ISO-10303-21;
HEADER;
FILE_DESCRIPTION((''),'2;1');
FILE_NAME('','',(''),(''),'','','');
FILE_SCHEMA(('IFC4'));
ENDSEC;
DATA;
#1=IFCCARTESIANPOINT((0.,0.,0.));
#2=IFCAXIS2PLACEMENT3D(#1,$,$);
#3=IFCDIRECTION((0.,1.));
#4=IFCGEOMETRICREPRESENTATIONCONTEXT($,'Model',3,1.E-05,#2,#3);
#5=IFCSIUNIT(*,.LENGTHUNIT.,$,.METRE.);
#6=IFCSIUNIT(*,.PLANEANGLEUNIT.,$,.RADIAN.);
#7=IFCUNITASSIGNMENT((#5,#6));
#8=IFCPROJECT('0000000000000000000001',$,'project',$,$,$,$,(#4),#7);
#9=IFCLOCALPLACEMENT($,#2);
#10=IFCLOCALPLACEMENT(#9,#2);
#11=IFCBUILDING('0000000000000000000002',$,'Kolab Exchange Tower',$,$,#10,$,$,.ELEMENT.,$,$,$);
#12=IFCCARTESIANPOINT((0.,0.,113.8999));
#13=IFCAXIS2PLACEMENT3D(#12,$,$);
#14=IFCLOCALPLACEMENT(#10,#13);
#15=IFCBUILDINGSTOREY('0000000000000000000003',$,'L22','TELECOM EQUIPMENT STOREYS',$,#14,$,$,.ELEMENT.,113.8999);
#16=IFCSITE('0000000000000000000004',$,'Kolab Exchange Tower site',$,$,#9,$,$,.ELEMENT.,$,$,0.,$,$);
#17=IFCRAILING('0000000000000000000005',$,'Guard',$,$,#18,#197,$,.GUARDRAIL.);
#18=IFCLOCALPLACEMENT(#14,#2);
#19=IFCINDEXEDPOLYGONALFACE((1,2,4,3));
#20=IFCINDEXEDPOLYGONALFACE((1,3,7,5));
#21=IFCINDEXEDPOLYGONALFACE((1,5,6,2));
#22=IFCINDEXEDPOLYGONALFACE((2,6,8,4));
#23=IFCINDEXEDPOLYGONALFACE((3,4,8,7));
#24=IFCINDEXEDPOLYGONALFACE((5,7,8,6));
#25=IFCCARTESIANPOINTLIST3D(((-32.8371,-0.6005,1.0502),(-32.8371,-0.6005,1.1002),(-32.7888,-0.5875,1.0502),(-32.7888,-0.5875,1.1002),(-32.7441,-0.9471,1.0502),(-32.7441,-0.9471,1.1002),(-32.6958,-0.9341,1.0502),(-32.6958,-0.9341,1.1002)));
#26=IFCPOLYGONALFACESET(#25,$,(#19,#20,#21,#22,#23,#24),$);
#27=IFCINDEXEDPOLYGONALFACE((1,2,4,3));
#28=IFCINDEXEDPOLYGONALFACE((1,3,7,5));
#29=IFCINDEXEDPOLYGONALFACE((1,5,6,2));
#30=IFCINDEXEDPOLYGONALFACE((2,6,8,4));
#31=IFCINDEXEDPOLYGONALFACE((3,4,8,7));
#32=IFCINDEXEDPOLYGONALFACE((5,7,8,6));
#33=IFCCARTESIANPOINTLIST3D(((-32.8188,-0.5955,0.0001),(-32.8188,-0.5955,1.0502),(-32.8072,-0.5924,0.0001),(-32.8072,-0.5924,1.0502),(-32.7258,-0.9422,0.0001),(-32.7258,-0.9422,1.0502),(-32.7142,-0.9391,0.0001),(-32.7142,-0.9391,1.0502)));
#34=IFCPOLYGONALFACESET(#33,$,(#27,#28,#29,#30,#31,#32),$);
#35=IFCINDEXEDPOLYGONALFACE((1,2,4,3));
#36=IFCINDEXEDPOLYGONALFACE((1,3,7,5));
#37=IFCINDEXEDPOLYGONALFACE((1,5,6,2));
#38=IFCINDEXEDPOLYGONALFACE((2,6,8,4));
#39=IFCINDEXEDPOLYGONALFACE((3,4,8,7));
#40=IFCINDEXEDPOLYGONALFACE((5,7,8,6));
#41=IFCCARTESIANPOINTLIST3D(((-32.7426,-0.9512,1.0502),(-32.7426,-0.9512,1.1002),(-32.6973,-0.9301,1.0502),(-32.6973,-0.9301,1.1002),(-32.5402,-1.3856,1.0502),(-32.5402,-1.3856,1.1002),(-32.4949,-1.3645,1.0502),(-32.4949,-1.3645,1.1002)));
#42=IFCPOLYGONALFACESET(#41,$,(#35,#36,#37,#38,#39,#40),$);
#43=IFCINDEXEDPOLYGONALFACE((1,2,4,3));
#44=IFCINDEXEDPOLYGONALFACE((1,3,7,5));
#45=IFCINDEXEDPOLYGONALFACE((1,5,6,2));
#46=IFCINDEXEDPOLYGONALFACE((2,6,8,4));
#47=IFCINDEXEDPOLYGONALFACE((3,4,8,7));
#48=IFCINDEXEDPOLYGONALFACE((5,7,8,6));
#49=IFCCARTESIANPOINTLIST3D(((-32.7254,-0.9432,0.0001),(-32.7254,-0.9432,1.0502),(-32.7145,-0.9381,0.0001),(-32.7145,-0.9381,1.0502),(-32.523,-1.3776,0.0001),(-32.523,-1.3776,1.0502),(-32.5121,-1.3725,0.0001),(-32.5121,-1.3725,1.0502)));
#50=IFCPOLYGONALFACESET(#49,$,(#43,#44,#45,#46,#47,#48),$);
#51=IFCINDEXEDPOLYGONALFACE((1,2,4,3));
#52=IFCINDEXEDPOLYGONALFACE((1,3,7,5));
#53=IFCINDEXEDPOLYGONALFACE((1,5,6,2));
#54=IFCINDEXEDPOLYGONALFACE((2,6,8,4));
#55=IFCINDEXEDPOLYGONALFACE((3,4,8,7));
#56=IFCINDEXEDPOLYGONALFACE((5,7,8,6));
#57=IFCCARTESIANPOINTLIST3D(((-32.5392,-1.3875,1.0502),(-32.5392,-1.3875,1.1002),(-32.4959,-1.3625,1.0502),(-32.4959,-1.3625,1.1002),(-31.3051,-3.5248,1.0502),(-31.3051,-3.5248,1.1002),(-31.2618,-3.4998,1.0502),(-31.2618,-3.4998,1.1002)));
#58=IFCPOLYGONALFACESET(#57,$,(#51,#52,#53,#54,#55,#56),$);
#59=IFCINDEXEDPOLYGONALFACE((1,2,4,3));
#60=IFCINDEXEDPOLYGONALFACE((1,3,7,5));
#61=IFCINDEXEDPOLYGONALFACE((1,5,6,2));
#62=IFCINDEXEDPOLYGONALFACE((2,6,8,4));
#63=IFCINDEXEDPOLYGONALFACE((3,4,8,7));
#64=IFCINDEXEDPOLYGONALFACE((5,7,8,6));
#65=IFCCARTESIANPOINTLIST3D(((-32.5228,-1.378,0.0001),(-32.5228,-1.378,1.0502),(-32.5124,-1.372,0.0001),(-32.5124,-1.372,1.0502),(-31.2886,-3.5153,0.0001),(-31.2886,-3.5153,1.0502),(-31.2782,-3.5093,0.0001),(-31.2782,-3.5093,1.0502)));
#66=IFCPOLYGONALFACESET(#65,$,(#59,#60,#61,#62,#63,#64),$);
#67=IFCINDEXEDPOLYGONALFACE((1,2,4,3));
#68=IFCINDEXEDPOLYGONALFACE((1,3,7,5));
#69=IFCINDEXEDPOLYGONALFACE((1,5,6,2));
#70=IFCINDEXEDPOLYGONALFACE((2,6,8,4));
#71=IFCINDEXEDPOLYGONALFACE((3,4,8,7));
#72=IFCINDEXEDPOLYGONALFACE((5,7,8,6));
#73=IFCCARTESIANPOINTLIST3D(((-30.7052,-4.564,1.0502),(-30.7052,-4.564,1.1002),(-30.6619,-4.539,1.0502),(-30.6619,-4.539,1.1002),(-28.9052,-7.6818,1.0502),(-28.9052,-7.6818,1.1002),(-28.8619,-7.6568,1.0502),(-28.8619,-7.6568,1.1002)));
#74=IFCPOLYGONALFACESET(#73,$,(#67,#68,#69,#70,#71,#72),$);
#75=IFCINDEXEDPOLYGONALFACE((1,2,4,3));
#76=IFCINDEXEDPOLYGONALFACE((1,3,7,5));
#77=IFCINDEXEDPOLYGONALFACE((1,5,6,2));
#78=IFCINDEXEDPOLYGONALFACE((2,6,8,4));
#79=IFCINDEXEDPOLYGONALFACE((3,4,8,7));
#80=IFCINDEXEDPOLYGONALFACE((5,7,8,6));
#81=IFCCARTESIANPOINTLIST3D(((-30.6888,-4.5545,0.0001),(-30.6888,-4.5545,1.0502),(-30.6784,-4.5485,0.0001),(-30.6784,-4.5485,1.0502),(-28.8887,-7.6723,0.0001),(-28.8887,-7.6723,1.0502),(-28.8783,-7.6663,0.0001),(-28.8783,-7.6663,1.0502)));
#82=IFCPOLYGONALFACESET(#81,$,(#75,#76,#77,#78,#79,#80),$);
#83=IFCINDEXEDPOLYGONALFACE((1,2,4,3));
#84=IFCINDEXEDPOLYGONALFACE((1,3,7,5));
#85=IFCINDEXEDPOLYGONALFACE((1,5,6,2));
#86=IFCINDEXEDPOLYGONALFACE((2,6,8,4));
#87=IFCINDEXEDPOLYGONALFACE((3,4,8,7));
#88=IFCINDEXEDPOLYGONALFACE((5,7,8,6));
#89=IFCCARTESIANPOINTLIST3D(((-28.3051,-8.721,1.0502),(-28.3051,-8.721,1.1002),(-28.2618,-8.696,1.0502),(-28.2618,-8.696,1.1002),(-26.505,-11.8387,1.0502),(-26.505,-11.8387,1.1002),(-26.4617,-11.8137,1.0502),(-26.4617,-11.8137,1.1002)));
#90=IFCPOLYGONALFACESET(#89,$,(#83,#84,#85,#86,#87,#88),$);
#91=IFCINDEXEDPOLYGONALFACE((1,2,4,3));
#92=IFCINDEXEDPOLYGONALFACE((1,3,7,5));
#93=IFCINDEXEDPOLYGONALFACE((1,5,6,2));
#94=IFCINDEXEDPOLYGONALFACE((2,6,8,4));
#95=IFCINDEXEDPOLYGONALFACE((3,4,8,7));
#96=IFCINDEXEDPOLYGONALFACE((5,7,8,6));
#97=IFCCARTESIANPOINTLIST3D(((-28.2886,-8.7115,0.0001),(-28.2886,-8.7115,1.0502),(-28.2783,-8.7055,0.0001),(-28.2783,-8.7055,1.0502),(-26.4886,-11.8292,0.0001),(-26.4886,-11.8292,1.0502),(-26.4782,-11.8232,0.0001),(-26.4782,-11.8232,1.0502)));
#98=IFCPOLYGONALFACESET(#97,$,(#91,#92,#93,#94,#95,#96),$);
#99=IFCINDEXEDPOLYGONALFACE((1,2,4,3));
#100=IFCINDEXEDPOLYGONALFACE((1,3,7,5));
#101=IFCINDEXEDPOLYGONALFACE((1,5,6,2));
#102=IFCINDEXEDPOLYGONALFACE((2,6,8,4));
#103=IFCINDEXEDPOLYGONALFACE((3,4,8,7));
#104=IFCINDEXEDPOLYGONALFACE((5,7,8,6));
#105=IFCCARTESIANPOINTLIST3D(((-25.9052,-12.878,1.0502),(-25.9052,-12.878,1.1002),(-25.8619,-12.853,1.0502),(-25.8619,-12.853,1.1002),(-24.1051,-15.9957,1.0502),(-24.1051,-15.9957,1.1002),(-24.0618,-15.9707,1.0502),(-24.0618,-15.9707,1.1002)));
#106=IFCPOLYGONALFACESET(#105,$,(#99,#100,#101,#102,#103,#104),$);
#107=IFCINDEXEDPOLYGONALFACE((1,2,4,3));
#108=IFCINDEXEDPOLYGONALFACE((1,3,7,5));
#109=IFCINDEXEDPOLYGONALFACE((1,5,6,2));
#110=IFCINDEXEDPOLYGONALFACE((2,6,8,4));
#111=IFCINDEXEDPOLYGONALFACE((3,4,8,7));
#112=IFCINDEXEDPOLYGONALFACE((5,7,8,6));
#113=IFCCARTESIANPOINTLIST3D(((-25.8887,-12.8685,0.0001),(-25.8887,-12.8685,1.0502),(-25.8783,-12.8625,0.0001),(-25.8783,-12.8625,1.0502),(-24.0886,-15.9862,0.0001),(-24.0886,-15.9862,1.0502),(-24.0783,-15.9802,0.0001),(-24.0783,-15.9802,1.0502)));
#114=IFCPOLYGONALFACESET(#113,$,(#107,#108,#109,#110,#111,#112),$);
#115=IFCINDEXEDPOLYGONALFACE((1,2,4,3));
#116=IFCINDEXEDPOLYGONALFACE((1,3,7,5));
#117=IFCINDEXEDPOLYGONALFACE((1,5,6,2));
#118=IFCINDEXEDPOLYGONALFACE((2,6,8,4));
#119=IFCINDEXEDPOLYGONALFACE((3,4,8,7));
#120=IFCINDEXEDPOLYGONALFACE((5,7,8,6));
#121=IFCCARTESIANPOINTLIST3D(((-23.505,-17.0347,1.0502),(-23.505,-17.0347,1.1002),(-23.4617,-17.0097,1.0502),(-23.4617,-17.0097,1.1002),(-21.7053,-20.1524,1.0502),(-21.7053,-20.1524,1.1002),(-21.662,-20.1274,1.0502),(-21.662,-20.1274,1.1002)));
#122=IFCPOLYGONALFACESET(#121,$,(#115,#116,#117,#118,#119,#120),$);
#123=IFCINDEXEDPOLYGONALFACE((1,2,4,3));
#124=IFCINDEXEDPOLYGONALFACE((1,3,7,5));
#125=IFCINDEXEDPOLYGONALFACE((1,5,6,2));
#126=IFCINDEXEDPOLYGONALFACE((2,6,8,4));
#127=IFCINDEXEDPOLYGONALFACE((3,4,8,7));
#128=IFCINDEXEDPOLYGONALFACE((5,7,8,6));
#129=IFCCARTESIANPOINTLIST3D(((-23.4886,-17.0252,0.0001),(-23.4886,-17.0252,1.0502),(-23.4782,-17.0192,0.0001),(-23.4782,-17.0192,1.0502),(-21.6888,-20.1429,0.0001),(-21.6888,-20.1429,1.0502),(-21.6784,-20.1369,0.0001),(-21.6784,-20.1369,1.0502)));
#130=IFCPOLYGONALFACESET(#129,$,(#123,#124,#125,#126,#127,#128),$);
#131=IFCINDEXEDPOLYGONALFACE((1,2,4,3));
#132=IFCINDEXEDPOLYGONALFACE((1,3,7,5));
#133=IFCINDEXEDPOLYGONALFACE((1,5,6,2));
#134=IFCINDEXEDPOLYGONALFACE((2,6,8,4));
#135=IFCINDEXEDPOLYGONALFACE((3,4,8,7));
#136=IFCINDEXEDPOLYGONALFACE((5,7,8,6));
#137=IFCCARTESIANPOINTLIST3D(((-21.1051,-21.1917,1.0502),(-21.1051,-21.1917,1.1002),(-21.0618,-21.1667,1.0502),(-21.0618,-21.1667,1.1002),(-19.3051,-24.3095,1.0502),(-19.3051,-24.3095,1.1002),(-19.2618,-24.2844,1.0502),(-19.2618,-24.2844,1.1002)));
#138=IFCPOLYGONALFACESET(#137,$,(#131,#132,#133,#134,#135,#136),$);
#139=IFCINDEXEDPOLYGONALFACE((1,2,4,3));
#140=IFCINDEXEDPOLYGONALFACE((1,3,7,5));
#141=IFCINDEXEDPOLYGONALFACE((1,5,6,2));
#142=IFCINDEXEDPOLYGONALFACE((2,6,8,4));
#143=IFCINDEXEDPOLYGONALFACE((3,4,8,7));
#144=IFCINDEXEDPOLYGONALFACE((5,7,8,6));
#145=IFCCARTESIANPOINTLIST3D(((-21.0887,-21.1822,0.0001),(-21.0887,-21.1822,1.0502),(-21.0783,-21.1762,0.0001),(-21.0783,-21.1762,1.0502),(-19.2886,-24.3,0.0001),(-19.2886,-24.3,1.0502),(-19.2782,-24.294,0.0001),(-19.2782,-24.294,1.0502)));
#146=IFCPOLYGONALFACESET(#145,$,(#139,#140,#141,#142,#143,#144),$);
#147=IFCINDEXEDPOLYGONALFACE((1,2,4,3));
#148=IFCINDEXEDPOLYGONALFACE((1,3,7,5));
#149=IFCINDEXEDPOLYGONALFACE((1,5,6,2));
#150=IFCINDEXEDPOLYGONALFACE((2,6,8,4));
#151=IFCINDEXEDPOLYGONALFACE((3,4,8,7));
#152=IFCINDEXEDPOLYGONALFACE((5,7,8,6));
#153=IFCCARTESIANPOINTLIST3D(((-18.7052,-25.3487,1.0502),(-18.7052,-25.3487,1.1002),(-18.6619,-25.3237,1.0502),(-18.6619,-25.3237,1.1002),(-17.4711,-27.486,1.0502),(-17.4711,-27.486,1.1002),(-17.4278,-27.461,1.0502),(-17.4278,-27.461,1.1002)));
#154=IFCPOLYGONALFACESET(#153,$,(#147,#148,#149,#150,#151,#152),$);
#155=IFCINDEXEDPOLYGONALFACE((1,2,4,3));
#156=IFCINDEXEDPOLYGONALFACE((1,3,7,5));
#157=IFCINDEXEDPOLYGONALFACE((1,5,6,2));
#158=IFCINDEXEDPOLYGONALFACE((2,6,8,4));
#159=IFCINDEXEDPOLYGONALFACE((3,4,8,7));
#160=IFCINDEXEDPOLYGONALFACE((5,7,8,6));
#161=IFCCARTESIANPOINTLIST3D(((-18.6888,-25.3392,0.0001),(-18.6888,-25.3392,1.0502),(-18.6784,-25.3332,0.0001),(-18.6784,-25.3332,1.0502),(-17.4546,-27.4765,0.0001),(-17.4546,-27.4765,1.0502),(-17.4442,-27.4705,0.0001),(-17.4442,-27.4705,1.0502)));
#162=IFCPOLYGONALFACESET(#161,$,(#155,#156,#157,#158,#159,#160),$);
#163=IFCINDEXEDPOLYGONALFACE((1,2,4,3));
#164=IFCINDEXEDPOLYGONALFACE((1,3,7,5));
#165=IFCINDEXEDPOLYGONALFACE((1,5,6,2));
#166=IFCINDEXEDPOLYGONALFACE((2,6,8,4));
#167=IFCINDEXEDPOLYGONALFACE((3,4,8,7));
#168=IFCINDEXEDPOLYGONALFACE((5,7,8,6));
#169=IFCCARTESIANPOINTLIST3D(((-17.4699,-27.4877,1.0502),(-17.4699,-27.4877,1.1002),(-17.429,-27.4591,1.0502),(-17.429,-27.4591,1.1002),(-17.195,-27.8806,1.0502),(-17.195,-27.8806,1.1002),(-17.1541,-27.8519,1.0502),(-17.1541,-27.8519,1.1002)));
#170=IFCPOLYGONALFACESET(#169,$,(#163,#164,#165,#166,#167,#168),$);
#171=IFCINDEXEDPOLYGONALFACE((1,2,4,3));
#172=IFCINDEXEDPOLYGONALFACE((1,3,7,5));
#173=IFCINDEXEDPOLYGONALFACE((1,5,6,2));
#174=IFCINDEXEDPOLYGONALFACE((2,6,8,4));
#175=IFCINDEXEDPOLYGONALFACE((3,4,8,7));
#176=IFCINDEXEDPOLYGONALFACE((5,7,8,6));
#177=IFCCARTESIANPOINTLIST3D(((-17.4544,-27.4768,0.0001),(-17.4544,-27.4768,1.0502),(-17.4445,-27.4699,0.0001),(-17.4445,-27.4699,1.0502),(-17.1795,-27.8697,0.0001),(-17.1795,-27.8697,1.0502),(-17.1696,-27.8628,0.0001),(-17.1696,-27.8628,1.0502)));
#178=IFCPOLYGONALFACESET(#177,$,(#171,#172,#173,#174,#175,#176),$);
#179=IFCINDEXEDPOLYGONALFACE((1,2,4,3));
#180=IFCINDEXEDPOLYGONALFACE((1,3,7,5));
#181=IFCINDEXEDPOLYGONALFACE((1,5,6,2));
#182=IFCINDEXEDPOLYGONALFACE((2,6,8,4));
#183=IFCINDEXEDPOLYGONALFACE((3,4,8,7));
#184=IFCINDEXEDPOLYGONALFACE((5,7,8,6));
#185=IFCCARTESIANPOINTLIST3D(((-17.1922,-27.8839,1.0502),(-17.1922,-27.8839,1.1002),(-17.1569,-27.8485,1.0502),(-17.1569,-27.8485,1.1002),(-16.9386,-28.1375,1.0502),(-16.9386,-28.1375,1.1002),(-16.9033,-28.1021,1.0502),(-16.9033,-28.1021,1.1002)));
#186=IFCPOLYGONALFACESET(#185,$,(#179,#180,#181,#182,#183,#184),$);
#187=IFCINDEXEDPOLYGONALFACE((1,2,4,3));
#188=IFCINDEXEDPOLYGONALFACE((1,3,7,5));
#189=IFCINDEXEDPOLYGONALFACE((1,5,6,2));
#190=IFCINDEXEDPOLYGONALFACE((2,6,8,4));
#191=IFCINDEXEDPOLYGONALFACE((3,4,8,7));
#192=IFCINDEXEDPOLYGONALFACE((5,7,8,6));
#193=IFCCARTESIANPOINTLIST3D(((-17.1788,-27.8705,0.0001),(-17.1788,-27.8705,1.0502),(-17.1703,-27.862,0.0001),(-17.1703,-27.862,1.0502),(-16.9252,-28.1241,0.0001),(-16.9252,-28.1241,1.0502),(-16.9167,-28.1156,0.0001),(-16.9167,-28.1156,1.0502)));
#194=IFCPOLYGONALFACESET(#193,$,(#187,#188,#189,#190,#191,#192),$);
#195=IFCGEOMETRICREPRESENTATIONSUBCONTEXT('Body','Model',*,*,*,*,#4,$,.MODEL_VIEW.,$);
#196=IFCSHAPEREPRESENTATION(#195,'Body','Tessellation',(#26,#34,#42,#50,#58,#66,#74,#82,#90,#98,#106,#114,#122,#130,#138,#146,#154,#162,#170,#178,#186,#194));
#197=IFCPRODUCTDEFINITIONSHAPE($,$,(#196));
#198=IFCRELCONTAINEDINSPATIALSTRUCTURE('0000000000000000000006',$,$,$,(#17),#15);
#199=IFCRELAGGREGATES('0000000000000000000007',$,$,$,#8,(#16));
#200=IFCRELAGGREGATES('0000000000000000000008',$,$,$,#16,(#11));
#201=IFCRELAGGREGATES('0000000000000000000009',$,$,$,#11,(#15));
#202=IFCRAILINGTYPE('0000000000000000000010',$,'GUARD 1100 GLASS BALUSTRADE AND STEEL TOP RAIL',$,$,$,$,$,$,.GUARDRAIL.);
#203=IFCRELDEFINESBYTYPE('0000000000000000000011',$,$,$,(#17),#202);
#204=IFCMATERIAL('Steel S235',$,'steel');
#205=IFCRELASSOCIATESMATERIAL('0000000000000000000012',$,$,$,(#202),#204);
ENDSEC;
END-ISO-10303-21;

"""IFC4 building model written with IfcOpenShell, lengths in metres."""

from ifc_helpers import new_model, si_unit, direction, frame, frame_2d, origin, origin_2d, place, context, subcontext, project, spatial, rectangle, extrude, material, type_object, element, save


model = new_model("IFC4")

# Units and contexts
model_context = context("Model", 3, precision=1e-05, world=origin(), true_north=direction((0.0, 1.0)))
body_context = subcontext(model_context, "Body", "Model", "MODEL_VIEW")
ifc_project = project(units=[si_unit("LENGTHUNIT", "METRE"), si_unit("PLANEANGLEUNIT", "RADIAN")], contexts=[model_context])

# Site, building, storey
site_placement = place(None, origin())
site = spatial("IfcSite", under=ifc_project, at=site_placement, Name="Kolab Exchange Tower site", CompositionType="ELEMENT", RefElevation=0.0)
building_placement = place(site_placement, origin())
building = spatial("IfcBuilding", under=site, at=building_placement, Name="Kolab Exchange Tower", CompositionType="ELEMENT")
storey_placement = place(building_placement, frame((0.0, 0.0, 113.8999)))
storey = spatial("IfcBuildingStorey", under=building, at=storey_placement, Name="L22", Description="TELECOM EQUIPMENT STOREYS", CompositionType="ELEMENT", Elevation=113.8999)

# Shared definitions
ifc_material_1 = material(Name="Steel S235", Category="steel")

# Railing
railing_type = type_object("IfcRailingType", Name="GUARD 1100 GLASS BALUSTRADE AND STEEL TOP RAIL", PredefinedType="GUARDRAIL", material=ifc_material_1)
railing_placement = place(storey_placement, frame((-32.813, -0.594, 0.0)))
element("IfcRailing", 1, at=railing_placement, inside=storey, type_object=railing_type, Name="Guard", PredefinedType="GUARDRAIL", context=body_context, shape_type="SweptSolid", body=[
    extrude(rectangle(XDim=0.05, YDim=0.05, at=origin_2d()), frame((0.0, 0.0, 1.0752), z_axis=(0.259144, -0.965839, 0.0), x_axis=(0.965839, 0.259144, 0.0)), (0.0, 0.0, 1.0), 0.3589),
    extrude(rectangle(XDim=0.012, YDim=1.0501, at=frame_2d((0.0, 0.5251))), frame((0.0, 0.0, 0.0), z_axis=(0.259144, -0.965839, 0.0), x_axis=(0.965839, 0.259144, 0.0)), (0.0, 0.0, 1.0), 0.3589),
    extrude(rectangle(XDim=0.05, YDim=0.05, at=origin_2d()), frame((0.093, -0.3467, 1.0752), z_axis=(0.422383, -0.906417, 0.0), x_axis=(0.906417, 0.422383, 0.0)), (0.0, 0.0, 1.0), 0.4792),
    extrude(rectangle(XDim=0.012, YDim=1.0501, at=frame_2d((0.0, 0.5251))), frame((0.093, -0.3467, 0.0), z_axis=(0.422383, -0.906417, 0.0), x_axis=(0.906417, 0.422383, 0.0)), (0.0, 0.0, 1.0), 0.4792),
    extrude(rectangle(XDim=0.05, YDim=0.05, at=origin_2d()), frame((0.2954, -0.781, 1.0752), z_axis=(0.500065, -0.865988, 0.0), x_axis=(0.865988, 0.500065, 0.0)), (0.0, 0.0, 1.0), 2.468),
    extrude(rectangle(XDim=0.012, YDim=1.0501, at=frame_2d((0.0, 0.5251))), frame((0.2954, -0.781, 0.0), z_axis=(0.500065, -0.865988, 0.0), x_axis=(0.865988, 0.500065, 0.0)), (0.0, 0.0, 1.0), 2.468),
    extrude(rectangle(XDim=0.05, YDim=0.05, at=origin_2d()), frame((2.1294, -3.9575, 1.0752), z_axis=(0.500012, -0.866018, 0.0), x_axis=(0.866018, 0.500012, 0.0)), (0.0, 0.0, 1.0), 3.6001),
    extrude(rectangle(XDim=0.012, YDim=1.0501, at=frame_2d((0.0, 0.5251))), frame((2.1294, -3.9575, 0.0), z_axis=(0.500012, -0.866018, 0.0), x_axis=(0.866018, 0.500012, 0.0)), (0.0, 0.0, 1.0), 3.6001),
    extrude(rectangle(XDim=0.05, YDim=0.05, at=origin_2d()), frame((4.5295, -8.1145, 1.0752), z_axis=(0.500012, -0.866018, 0.0), x_axis=(0.866018, 0.500012, 0.0)), (0.0, 0.0, 1.0), 3.6001),
    extrude(rectangle(XDim=0.012, YDim=1.0501, at=frame_2d((0.0, 0.5251))), frame((4.5295, -8.1145, 0.0), z_axis=(0.500012, -0.866018, 0.0), x_axis=(0.866018, 0.500012, 0.0)), (0.0, 0.0, 1.0), 3.6001),
    extrude(rectangle(XDim=0.05, YDim=0.05, at=origin_2d()), frame((6.9294, -12.2715, 1.0752), z_axis=(0.500012, -0.866018, 0.0), x_axis=(0.866018, 0.500012, 0.0)), (0.0, 0.0, 1.0), 3.6001),
    extrude(rectangle(XDim=0.012, YDim=1.0501, at=frame_2d((0.0, 0.5251))), frame((6.9294, -12.2715, 0.0), z_axis=(0.500012, -0.866018, 0.0), x_axis=(0.866018, 0.500012, 0.0)), (0.0, 0.0, 1.0), 3.6001),
    extrude(rectangle(XDim=0.05, YDim=0.05, at=origin_2d()), frame((9.3296, -16.4282, 1.0752), z_axis=(0.499961, -0.866048, 0.0), x_axis=(0.866048, 0.499961, 0.0)), (0.0, 0.0, 1.0), 3.5999),
    extrude(rectangle(XDim=0.012, YDim=1.0501, at=frame_2d((0.0, 0.5251))), frame((9.3296, -16.4282, 0.0), z_axis=(0.499961, -0.866048, 0.0), x_axis=(0.866048, 0.499961, 0.0)), (0.0, 0.0, 1.0), 3.5999),
    extrude(rectangle(XDim=0.05, YDim=0.05, at=origin_2d()), frame((11.7295, -20.5852, 1.0752), z_axis=(0.500012, -0.866018, 0.0), x_axis=(0.866018, 0.500012, 0.0)), (0.0, 0.0, 1.0), 3.6001),
    extrude(rectangle(XDim=0.012, YDim=1.0501, at=frame_2d((0.0, 0.5251))), frame((11.7295, -20.5852, 0.0), z_axis=(0.500012, -0.866018, 0.0), x_axis=(0.866018, 0.500012, 0.0)), (0.0, 0.0, 1.0), 3.6001),
    extrude(rectangle(XDim=0.05, YDim=0.05, at=origin_2d()), frame((14.1294, -24.7422, 1.0752), z_axis=(0.500065, -0.865988, 0.0), x_axis=(0.865988, 0.500065, 0.0)), (0.0, 0.0, 1.0), 2.468),
    extrude(rectangle(XDim=0.012, YDim=1.0501, at=frame_2d((0.0, 0.5251))), frame((14.1294, -24.7422, 0.0), z_axis=(0.500065, -0.865988, 0.0), x_axis=(0.865988, 0.500065, 0.0)), (0.0, 0.0, 1.0), 2.468),
    extrude(rectangle(XDim=0.05, YDim=0.05, at=origin_2d()), frame((15.3635, -26.8794, 1.0752), z_axis=(0.57336, -0.819304, 0.0), x_axis=(0.819304, 0.57336, 0.0)), (0.0, 0.0, 1.0), 0.4795),
    extrude(rectangle(XDim=0.012, YDim=1.0501, at=frame_2d((0.0, 0.5251))), frame((15.3635, -26.8794, 0.0), z_axis=(0.57336, -0.819304, 0.0), x_axis=(0.819304, 0.57336, 0.0)), (0.0, 0.0, 1.0), 0.4795),
    extrude(rectangle(XDim=0.05, YDim=0.05, at=origin_2d()), frame((15.6384, -27.2722, 1.0752), z_axis=(0.707107, -0.707107, 0.0), x_axis=(0.707107, 0.707107, 0.0)), (0.0, 0.0, 1.0), 0.3586),
    extrude(rectangle(XDim=0.012, YDim=1.0501, at=frame_2d((0.0, 0.5251))), frame((15.6384, -27.2722, 0.0), z_axis=(0.707107, -0.707107, 0.0), x_axis=(0.707107, 0.707107, 0.0)), (0.0, 0.0, 1.0), 0.3586),
])

save(model, "model.ifc")
